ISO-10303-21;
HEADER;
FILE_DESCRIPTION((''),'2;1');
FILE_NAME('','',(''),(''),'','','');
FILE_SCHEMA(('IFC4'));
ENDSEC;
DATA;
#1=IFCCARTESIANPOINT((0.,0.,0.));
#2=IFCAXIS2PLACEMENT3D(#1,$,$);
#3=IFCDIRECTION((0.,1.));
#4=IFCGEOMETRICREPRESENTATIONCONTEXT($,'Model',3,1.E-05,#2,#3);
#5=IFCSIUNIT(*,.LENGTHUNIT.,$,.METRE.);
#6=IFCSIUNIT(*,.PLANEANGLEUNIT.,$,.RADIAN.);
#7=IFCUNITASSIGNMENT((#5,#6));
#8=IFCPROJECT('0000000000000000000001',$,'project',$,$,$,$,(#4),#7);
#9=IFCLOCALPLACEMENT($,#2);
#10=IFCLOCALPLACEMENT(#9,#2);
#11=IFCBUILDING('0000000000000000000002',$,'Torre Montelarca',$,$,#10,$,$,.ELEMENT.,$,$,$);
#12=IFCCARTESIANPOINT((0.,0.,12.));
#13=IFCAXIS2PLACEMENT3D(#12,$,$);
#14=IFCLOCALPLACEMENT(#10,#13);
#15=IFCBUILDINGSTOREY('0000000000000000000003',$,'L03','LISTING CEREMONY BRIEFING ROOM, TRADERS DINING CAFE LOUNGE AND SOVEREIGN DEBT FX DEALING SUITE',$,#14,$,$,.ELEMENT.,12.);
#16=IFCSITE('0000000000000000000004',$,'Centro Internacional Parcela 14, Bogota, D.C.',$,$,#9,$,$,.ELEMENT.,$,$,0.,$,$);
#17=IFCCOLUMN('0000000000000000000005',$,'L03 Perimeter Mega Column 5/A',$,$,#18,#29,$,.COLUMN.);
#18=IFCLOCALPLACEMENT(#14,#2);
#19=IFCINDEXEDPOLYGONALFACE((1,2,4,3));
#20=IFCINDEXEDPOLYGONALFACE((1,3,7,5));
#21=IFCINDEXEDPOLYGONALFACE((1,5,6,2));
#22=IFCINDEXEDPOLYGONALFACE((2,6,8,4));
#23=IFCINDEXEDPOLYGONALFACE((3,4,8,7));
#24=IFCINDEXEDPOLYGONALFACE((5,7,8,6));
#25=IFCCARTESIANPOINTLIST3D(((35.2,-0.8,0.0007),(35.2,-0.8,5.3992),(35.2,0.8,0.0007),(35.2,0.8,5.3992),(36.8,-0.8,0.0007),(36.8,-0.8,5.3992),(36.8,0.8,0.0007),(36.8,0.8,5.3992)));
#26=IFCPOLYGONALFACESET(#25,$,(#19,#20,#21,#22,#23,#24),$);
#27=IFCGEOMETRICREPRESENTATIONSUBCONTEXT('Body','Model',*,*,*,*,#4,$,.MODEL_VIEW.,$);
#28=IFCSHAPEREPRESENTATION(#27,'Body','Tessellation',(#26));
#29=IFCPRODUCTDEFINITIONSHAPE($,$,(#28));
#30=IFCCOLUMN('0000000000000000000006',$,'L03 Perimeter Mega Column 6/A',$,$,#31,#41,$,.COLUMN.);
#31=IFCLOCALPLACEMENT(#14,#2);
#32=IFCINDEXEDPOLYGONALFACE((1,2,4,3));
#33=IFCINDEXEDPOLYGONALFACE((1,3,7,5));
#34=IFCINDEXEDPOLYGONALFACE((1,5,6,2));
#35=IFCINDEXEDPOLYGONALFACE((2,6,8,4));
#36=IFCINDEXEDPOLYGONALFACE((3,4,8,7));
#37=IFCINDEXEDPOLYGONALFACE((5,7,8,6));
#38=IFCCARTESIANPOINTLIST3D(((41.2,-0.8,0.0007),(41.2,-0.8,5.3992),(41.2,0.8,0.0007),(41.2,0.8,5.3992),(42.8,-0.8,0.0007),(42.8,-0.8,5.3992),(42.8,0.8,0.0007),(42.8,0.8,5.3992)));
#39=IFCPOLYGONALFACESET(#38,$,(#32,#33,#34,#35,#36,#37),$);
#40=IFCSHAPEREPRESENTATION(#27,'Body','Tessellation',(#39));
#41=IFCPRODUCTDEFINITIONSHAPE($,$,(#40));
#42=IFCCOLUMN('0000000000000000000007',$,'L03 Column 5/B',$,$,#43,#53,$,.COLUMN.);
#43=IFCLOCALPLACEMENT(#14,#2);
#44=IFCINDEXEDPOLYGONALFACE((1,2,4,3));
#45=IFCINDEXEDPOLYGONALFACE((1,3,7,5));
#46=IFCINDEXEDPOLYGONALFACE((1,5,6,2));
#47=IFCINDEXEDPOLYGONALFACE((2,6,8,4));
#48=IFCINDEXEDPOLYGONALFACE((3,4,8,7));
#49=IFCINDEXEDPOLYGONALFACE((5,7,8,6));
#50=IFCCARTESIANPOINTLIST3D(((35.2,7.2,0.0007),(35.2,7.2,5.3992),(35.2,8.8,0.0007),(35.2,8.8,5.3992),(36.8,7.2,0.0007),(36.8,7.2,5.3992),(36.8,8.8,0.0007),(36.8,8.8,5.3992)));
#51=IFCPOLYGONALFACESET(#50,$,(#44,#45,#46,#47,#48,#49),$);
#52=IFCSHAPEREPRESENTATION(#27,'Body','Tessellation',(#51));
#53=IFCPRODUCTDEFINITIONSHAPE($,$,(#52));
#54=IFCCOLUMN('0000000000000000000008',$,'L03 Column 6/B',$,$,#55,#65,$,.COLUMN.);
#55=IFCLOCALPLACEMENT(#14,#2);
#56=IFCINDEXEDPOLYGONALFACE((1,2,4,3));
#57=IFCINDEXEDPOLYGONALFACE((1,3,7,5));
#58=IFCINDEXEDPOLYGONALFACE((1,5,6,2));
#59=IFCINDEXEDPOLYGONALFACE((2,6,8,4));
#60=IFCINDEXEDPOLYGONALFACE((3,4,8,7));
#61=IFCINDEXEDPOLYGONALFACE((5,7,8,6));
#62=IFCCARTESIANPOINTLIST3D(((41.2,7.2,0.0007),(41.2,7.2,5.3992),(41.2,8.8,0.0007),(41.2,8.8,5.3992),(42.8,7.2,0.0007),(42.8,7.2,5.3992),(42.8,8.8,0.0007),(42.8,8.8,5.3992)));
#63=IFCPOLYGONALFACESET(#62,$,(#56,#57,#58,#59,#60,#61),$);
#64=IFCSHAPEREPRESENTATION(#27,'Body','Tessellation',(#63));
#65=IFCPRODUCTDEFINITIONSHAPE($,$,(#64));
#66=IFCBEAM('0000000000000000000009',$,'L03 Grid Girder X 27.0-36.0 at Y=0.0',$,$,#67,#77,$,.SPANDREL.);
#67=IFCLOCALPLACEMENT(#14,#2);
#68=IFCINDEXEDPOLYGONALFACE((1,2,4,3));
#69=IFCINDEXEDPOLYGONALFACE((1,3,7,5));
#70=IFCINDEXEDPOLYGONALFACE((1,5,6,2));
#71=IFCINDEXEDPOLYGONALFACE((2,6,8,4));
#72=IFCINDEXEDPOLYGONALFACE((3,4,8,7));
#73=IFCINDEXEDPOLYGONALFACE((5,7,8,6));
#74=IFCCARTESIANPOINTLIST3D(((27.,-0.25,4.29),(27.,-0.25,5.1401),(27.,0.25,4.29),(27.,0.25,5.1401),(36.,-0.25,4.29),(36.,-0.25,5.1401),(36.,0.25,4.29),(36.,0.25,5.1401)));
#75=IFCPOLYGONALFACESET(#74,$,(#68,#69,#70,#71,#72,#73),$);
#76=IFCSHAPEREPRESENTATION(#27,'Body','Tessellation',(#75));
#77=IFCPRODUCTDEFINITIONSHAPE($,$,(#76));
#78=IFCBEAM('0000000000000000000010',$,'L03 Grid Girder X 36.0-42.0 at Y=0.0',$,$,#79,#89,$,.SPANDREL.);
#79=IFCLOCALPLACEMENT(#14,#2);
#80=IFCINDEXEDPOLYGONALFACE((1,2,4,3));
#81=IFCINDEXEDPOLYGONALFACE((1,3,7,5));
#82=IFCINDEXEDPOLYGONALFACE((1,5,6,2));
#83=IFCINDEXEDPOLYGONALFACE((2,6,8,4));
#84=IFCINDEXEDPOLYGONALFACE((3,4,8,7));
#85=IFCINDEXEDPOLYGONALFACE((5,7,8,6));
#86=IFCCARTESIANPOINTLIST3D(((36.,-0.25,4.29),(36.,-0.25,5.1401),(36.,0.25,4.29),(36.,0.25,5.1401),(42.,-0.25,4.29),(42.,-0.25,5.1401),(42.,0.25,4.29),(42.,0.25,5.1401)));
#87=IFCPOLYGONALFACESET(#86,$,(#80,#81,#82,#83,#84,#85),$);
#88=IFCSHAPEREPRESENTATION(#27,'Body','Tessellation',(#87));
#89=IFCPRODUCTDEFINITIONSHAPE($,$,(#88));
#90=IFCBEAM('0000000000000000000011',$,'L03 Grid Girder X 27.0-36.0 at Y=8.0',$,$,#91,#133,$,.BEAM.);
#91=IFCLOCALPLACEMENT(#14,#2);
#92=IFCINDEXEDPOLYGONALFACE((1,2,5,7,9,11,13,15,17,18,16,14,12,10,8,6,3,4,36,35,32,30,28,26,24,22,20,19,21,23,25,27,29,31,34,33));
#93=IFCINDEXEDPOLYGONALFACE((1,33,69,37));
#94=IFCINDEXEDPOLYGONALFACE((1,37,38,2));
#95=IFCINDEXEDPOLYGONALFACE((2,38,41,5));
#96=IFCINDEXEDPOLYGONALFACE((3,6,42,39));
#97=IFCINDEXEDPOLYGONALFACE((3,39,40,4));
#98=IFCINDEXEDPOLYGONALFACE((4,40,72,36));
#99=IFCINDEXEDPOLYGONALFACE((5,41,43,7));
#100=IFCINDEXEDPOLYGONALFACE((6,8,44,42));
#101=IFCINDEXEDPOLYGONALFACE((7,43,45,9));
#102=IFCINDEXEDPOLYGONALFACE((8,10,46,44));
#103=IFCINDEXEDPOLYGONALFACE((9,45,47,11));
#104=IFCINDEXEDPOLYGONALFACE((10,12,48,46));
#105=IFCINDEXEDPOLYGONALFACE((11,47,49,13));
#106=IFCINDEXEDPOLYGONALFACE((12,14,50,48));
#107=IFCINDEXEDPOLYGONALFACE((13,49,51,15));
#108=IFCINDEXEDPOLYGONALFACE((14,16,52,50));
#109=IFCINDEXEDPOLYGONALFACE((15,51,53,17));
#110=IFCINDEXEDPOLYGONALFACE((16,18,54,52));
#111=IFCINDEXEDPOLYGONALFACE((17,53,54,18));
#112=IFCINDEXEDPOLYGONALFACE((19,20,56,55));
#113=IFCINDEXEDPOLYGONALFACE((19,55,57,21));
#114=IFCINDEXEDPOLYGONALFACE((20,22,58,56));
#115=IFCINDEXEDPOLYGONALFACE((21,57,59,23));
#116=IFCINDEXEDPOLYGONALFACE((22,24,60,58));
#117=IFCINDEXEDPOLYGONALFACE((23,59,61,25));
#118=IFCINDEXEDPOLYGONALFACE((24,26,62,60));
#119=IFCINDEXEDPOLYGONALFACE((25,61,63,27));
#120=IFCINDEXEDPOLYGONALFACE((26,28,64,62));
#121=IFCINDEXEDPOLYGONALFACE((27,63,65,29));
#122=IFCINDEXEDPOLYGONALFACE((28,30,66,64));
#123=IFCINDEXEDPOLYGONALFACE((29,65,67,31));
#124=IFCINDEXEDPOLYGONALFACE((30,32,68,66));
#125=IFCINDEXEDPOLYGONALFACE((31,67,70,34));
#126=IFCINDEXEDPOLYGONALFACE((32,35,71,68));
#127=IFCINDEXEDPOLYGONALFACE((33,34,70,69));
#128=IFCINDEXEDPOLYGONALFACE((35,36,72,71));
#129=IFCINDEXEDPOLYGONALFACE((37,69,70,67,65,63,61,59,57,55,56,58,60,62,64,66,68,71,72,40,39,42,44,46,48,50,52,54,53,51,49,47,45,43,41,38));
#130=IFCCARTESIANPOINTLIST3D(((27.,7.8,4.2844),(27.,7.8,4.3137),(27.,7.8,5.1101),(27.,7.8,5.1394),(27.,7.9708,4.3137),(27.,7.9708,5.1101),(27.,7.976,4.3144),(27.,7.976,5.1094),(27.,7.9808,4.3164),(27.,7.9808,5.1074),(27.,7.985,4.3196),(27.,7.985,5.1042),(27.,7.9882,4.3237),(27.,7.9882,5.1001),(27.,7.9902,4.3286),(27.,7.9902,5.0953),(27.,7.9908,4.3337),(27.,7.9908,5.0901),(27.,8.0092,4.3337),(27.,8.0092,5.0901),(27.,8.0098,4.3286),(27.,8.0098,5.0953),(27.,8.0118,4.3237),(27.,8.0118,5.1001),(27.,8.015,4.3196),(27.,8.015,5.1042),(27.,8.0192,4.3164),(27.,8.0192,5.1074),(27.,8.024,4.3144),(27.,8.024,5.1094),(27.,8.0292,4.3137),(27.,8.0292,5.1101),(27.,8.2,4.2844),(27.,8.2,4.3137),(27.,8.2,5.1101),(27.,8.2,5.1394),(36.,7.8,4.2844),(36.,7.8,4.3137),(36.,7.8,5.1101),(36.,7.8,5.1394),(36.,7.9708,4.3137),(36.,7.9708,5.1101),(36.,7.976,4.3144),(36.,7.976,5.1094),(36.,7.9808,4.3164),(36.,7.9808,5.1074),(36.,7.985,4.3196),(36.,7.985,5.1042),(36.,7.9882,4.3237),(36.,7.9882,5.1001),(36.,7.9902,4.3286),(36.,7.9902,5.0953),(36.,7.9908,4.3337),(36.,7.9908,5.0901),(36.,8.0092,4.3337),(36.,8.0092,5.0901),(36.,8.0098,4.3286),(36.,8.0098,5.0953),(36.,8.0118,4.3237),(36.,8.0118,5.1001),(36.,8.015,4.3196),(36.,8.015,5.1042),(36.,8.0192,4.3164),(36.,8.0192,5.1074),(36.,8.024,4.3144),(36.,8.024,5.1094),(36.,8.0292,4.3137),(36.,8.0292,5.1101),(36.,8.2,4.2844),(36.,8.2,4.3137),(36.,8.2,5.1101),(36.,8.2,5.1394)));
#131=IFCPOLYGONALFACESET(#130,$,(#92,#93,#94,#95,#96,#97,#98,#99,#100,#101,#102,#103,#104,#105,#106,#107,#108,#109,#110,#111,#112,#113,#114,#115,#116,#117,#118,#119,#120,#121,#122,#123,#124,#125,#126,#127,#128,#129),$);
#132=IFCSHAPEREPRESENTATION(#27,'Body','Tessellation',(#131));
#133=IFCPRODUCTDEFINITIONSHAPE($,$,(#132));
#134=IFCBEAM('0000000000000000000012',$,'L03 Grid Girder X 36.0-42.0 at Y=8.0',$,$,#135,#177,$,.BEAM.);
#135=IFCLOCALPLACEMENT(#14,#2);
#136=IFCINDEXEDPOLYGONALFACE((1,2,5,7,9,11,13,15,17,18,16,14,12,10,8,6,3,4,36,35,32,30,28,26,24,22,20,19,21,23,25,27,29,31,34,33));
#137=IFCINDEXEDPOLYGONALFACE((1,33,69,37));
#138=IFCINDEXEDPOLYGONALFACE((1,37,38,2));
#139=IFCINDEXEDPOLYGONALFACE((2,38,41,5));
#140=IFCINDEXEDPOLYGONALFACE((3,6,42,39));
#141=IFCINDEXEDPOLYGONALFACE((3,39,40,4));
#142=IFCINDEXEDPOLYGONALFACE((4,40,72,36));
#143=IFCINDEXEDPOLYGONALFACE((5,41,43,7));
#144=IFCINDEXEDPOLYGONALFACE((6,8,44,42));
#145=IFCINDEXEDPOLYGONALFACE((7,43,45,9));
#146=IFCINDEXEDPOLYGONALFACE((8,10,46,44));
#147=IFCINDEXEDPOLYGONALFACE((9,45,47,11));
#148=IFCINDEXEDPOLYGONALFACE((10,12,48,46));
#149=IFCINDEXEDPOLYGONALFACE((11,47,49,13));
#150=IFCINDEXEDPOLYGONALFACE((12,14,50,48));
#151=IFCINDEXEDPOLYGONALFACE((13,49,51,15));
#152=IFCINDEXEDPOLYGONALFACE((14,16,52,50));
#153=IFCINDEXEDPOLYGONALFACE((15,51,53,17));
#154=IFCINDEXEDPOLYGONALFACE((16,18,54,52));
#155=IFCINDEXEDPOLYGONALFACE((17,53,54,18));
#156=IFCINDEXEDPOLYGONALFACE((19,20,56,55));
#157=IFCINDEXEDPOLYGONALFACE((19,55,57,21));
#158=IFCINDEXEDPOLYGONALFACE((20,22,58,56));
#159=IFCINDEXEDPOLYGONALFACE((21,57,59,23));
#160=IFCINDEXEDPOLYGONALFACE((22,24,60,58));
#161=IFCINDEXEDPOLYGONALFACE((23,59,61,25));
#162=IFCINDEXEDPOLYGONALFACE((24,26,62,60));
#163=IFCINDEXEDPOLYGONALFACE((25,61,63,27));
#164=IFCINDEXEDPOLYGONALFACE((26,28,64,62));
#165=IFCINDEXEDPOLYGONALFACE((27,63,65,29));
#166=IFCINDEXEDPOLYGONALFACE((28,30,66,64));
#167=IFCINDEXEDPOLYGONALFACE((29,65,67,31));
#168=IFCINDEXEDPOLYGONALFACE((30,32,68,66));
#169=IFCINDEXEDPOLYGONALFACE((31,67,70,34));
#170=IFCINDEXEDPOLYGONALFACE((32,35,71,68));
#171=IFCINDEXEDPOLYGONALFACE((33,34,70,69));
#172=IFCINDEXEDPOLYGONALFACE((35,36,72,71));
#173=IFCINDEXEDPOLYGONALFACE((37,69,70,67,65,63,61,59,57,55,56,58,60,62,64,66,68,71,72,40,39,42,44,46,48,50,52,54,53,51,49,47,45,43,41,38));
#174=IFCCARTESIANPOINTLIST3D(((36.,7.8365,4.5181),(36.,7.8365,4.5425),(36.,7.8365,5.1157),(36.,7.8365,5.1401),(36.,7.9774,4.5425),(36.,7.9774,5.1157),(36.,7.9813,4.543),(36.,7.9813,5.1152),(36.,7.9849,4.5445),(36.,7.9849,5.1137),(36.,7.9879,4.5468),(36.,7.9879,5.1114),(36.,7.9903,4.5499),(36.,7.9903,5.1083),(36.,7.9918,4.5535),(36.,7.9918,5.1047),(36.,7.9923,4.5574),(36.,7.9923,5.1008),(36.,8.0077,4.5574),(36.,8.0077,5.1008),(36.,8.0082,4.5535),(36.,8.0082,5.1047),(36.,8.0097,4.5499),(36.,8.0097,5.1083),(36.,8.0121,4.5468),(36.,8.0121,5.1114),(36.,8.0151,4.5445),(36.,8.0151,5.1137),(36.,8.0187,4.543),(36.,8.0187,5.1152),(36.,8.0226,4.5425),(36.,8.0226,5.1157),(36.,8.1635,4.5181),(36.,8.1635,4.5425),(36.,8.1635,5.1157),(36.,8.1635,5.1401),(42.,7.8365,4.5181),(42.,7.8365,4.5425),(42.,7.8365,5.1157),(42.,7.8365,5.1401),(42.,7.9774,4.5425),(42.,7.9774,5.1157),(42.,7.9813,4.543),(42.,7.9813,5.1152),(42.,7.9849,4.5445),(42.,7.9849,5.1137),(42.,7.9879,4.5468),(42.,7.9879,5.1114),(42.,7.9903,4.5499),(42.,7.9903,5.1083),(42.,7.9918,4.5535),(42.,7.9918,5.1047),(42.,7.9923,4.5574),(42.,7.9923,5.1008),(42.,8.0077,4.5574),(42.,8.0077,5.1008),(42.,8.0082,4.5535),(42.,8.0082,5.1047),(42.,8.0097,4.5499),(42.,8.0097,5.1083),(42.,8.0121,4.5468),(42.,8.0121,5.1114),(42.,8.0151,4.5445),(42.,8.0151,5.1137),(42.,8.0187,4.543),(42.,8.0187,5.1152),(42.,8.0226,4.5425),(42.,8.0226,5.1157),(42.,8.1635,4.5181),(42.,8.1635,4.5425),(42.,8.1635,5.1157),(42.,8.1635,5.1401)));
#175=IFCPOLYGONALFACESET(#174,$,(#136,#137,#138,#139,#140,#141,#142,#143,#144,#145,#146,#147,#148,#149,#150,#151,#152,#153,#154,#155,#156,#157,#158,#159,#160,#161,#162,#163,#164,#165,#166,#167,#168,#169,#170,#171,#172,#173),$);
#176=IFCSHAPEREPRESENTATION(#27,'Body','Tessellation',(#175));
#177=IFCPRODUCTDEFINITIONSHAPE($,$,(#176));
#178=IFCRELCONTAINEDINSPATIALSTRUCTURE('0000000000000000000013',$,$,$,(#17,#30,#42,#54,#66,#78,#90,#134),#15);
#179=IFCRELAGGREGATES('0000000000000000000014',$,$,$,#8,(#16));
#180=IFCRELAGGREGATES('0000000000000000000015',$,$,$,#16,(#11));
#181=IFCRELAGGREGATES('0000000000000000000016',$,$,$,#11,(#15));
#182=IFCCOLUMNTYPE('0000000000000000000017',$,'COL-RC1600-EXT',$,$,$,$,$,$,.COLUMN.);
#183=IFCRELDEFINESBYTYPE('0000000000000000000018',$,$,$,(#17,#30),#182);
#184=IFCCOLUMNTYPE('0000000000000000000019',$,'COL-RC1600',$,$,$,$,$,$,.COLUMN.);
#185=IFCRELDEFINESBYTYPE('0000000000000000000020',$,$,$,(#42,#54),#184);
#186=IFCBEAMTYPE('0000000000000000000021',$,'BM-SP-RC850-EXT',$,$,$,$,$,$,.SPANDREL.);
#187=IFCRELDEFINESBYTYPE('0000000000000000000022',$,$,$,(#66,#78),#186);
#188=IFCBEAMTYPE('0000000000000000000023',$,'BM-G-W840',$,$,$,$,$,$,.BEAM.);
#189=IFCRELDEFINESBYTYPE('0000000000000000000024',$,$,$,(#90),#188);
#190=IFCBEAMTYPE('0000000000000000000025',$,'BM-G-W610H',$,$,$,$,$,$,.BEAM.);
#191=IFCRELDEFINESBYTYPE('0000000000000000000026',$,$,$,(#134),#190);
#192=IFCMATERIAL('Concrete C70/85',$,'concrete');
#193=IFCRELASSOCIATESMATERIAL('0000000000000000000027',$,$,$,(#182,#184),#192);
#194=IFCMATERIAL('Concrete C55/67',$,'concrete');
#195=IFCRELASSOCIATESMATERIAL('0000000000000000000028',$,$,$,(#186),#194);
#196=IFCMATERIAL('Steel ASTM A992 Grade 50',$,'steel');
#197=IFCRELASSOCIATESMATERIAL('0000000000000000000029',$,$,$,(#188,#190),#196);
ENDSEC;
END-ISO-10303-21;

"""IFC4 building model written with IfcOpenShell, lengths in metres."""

from ifc_helpers import new_model, si_unit, direction, frame, origin, origin_2d, place, context, subcontext, project, spatial, rectangle, i_section, extrude, source, transform, mapped, material, material_profile, profile_set, type_object, element, save


model = new_model("IFC4")

# Units and contexts
model_context = context("Model", 3, precision=1e-05, world=origin(), true_north=direction((0.0, 1.0)))
body_context = subcontext(model_context, "Body", "Model", "MODEL_VIEW")
ifc_project = project(units=[si_unit("LENGTHUNIT", "METRE"), si_unit("PLANEANGLEUNIT", "RADIAN")], contexts=[model_context])

# Site, building, storey
site_placement = place(None, origin())
site = spatial("IfcSite", under=ifc_project, at=site_placement, Name="Centro Internacional Parcela 14, Bogota, D.C.", CompositionType="ELEMENT", RefElevation=0.0)
building_placement = place(site_placement, origin())
building = spatial("IfcBuilding", under=site, at=building_placement, Name="Torre Montelarca", CompositionType="ELEMENT")
storey_placement = place(building_placement, frame((0.0, 0.0, 12.0)))
storey = spatial("IfcBuildingStorey", under=building, at=storey_placement, Name="L03", Description="LISTING CEREMONY BRIEFING ROOM, TRADERS DINING CAFE LOUNGE AND SOVEREIGN DEBT FX DEALING SUITE", CompositionType="ELEMENT", Elevation=12.0)

# Columns
ifc_material_1 = material(Name="Concrete C70/85", Category="concrete")
ifc_material_profile_1 = material_profile(ifc_material_1, rectangle(XDim=1.6001, YDim=1.6001, at=origin_2d()), Name="RC1600X1600", Category="concrete")
ifc_profile_set_1 = profile_set([ifc_material_profile_1], Name="Concrete C70/85")
column_type_1 = type_object("IfcColumnType", Name="COL-RC1600-EXT", PredefinedType="COLUMN", material=ifc_profile_set_1)
shared_shape_1 = source(origin(), body_context, "Body", "SweptSolid", [
    extrude(rectangle(XDim=1.6001, YDim=1.6001, at=origin_2d()), origin(), (0.0, 0.0, 1.0), 5.3984),
])
for number, where, z_axis, x_axis, name in (
    (1, (36.0, 0.0, 0.0007), (0.0, 0.0, 1.0), (1.0, 0.0, 0.0), "L03 Perimeter Mega Column 5/A"),
    (2, (42.0, 0.0, 0.0007), (0.0, 0.0, 1.0), (1.0, 0.0, 0.0), "L03 Perimeter Mega Column 6/A"),
):
    element("IfcColumn", number, at=place(storey_placement, frame(where, z_axis=z_axis, x_axis=x_axis)), inside=storey, type_object=column_type_1, Name=name, PredefinedType="COLUMN", context=body_context, shape_type="MappedRepresentation", body=[
        mapped(shared_shape_1, transform((0.0, 0.0, 0.0), scale=1.0)),
    ])
ifc_material_profile_2 = material_profile(ifc_material_1, rectangle(XDim=1.6001, YDim=1.6001, at=origin_2d()), Name="RC1600X1600", Category="concrete")
ifc_profile_set_2 = profile_set([ifc_material_profile_2], Name="Concrete C70/85")
column_type_2 = type_object("IfcColumnType", Name="COL-RC1600", PredefinedType="COLUMN", material=ifc_profile_set_2)
shared_shape_2 = source(origin(), body_context, "Body", "SweptSolid", [
    extrude(rectangle(XDim=1.6001, YDim=1.6001, at=origin_2d()), origin(), (0.0, 0.0, 1.0), 5.3984),
])
for number, where, z_axis, x_axis, name in (
    (3, (36.0, 8.0, 0.0007), (0.0, 0.0, 1.0), (1.0, 0.0, 0.0), "L03 Column 5/B"),
    (4, (42.0, 8.0, 0.0007), (0.0, 0.0, 1.0), (1.0, 0.0, 0.0), "L03 Column 6/B"),
):
    element("IfcColumn", number, at=place(storey_placement, frame(where, z_axis=z_axis, x_axis=x_axis)), inside=storey, type_object=column_type_2, Name=name, PredefinedType="COLUMN", context=body_context, shape_type="MappedRepresentation", body=[
        mapped(shared_shape_2, transform((0.0, 0.0, 0.0), scale=1.0)),
    ])

# Beams
ifc_material_2 = material(Name="Concrete C55/67", Category="concrete")
ifc_material_profile_3 = material_profile(ifc_material_2, rectangle(XDim=0.5, YDim=0.8501, at=origin_2d()), Name="RCB500X850", Category="concrete")
ifc_profile_set_3 = profile_set([ifc_material_profile_3], Name="Concrete C55/67")
beam_type_1 = type_object("IfcBeamType", Name="BM-SP-RC850-EXT", PredefinedType="SPANDREL", material=ifc_profile_set_3)
shared_shape_3 = source(origin(), body_context, "Body", "SweptSolid", [
    extrude(rectangle(XDim=0.5, YDim=0.8501, at=origin_2d()), origin(), (0.0, 0.0, 1.0), 9.0),
])
beam_1_placement = place(storey_placement, frame((27.0, 0.0, 4.7151), z_axis=(1.0, 0.0, 0.0), x_axis=(0.0, 1.0, 0.0)))
element("IfcBeam", 5, at=beam_1_placement, inside=storey, type_object=beam_type_1, Name="L03 Grid Girder X 27.0-36.0 at Y=0.0", PredefinedType="SPANDREL", context=body_context, shape_type="MappedRepresentation", body=[
    mapped(shared_shape_3, transform((0.0, 0.0, 0.0), scale=1.0)),
])
shared_shape_4 = source(origin(), body_context, "Body", "SweptSolid", [
    extrude(rectangle(XDim=0.5, YDim=0.8501, at=origin_2d()), origin(), (0.0, 0.0, 1.0), 6.0),
])
beam_2_placement = place(storey_placement, frame((36.0, 0.0, 4.7151), z_axis=(1.0, 0.0, 0.0), x_axis=(0.0, 1.0, 0.0)))
element("IfcBeam", 6, at=beam_2_placement, inside=storey, type_object=beam_type_1, Name="L03 Grid Girder X 36.0-42.0 at Y=0.0", PredefinedType="SPANDREL", context=body_context, shape_type="MappedRepresentation", body=[
    mapped(shared_shape_4, transform((0.0, 0.0, 0.0), scale=1.0)),
])
ifc_material_3 = material(Name="Steel ASTM A992 Grade 50", Category="steel")
ifc_material_profile_4 = material_profile(ifc_material_3, i_section(OverallWidth=0.3999, OverallDepth=0.855, WebThickness=0.0183, FlangeThickness=0.0293, FilletRadius=0.02, at=origin_2d()), Name="W840X299", Category="steel")
ifc_profile_set_4 = profile_set([ifc_material_profile_4], Name="Steel ASTM A992 Grade 50")
beam_type_2 = type_object("IfcBeamType", Name="BM-G-W840", PredefinedType="BEAM", material=ifc_profile_set_4)
shared_shape_5 = source(origin(), body_context, "Body", "SweptSolid", [
    extrude(i_section(OverallWidth=0.3999, OverallDepth=0.855, WebThickness=0.0183, FlangeThickness=0.0293, FilletRadius=0.02, at=origin_2d()), origin(), (0.0, 0.0, 1.0), 9.0),
])
beam_3_placement = place(storey_placement, frame((27.0, 8.0, 4.7119), z_axis=(1.0, 0.0, 0.0), x_axis=(0.0, 1.0, 0.0)))
element("IfcBeam", 7, at=beam_3_placement, inside=storey, type_object=beam_type_2, Name="L03 Grid Girder X 27.0-36.0 at Y=8.0", PredefinedType="BEAM", context=body_context, shape_type="MappedRepresentation", body=[
    mapped(shared_shape_5, transform((0.0, 0.0, 0.0), scale=1.0)),
])
ifc_material_profile_5 = material_profile(ifc_material_3, i_section(OverallWidth=0.3269, OverallDepth=0.6221, WebThickness=0.0154, FlangeThickness=0.0244, FilletRadius=0.0149, at=origin_2d()), Name="W610X195", Category="steel")
ifc_profile_set_5 = profile_set([ifc_material_profile_5], Name="Steel ASTM A992 Grade 50")
beam_type_3 = type_object("IfcBeamType", Name="BM-G-W610H", PredefinedType="BEAM", material=ifc_profile_set_5)
shared_shape_6 = source(origin(), body_context, "Body", "SweptSolid", [
    extrude(i_section(OverallWidth=0.3269, OverallDepth=0.6221, WebThickness=0.0154, FlangeThickness=0.0244, FilletRadius=0.0149, at=origin_2d()), origin(), (0.0, 0.0, 1.0), 6.0),
])
beam_4_placement = place(storey_placement, frame((36.0, 8.0, 4.8291), z_axis=(1.0, 0.0, 0.0), x_axis=(0.0, 1.0, 0.0)))
element("IfcBeam", 8, at=beam_4_placement, inside=storey, type_object=beam_type_3, Name="L03 Grid Girder X 36.0-42.0 at Y=8.0", PredefinedType="BEAM", context=body_context, shape_type="MappedRepresentation", body=[
    mapped(shared_shape_6, transform((0.0, 0.0, 0.0), scale=1.0)),
])

save(model, "model.ifc")
